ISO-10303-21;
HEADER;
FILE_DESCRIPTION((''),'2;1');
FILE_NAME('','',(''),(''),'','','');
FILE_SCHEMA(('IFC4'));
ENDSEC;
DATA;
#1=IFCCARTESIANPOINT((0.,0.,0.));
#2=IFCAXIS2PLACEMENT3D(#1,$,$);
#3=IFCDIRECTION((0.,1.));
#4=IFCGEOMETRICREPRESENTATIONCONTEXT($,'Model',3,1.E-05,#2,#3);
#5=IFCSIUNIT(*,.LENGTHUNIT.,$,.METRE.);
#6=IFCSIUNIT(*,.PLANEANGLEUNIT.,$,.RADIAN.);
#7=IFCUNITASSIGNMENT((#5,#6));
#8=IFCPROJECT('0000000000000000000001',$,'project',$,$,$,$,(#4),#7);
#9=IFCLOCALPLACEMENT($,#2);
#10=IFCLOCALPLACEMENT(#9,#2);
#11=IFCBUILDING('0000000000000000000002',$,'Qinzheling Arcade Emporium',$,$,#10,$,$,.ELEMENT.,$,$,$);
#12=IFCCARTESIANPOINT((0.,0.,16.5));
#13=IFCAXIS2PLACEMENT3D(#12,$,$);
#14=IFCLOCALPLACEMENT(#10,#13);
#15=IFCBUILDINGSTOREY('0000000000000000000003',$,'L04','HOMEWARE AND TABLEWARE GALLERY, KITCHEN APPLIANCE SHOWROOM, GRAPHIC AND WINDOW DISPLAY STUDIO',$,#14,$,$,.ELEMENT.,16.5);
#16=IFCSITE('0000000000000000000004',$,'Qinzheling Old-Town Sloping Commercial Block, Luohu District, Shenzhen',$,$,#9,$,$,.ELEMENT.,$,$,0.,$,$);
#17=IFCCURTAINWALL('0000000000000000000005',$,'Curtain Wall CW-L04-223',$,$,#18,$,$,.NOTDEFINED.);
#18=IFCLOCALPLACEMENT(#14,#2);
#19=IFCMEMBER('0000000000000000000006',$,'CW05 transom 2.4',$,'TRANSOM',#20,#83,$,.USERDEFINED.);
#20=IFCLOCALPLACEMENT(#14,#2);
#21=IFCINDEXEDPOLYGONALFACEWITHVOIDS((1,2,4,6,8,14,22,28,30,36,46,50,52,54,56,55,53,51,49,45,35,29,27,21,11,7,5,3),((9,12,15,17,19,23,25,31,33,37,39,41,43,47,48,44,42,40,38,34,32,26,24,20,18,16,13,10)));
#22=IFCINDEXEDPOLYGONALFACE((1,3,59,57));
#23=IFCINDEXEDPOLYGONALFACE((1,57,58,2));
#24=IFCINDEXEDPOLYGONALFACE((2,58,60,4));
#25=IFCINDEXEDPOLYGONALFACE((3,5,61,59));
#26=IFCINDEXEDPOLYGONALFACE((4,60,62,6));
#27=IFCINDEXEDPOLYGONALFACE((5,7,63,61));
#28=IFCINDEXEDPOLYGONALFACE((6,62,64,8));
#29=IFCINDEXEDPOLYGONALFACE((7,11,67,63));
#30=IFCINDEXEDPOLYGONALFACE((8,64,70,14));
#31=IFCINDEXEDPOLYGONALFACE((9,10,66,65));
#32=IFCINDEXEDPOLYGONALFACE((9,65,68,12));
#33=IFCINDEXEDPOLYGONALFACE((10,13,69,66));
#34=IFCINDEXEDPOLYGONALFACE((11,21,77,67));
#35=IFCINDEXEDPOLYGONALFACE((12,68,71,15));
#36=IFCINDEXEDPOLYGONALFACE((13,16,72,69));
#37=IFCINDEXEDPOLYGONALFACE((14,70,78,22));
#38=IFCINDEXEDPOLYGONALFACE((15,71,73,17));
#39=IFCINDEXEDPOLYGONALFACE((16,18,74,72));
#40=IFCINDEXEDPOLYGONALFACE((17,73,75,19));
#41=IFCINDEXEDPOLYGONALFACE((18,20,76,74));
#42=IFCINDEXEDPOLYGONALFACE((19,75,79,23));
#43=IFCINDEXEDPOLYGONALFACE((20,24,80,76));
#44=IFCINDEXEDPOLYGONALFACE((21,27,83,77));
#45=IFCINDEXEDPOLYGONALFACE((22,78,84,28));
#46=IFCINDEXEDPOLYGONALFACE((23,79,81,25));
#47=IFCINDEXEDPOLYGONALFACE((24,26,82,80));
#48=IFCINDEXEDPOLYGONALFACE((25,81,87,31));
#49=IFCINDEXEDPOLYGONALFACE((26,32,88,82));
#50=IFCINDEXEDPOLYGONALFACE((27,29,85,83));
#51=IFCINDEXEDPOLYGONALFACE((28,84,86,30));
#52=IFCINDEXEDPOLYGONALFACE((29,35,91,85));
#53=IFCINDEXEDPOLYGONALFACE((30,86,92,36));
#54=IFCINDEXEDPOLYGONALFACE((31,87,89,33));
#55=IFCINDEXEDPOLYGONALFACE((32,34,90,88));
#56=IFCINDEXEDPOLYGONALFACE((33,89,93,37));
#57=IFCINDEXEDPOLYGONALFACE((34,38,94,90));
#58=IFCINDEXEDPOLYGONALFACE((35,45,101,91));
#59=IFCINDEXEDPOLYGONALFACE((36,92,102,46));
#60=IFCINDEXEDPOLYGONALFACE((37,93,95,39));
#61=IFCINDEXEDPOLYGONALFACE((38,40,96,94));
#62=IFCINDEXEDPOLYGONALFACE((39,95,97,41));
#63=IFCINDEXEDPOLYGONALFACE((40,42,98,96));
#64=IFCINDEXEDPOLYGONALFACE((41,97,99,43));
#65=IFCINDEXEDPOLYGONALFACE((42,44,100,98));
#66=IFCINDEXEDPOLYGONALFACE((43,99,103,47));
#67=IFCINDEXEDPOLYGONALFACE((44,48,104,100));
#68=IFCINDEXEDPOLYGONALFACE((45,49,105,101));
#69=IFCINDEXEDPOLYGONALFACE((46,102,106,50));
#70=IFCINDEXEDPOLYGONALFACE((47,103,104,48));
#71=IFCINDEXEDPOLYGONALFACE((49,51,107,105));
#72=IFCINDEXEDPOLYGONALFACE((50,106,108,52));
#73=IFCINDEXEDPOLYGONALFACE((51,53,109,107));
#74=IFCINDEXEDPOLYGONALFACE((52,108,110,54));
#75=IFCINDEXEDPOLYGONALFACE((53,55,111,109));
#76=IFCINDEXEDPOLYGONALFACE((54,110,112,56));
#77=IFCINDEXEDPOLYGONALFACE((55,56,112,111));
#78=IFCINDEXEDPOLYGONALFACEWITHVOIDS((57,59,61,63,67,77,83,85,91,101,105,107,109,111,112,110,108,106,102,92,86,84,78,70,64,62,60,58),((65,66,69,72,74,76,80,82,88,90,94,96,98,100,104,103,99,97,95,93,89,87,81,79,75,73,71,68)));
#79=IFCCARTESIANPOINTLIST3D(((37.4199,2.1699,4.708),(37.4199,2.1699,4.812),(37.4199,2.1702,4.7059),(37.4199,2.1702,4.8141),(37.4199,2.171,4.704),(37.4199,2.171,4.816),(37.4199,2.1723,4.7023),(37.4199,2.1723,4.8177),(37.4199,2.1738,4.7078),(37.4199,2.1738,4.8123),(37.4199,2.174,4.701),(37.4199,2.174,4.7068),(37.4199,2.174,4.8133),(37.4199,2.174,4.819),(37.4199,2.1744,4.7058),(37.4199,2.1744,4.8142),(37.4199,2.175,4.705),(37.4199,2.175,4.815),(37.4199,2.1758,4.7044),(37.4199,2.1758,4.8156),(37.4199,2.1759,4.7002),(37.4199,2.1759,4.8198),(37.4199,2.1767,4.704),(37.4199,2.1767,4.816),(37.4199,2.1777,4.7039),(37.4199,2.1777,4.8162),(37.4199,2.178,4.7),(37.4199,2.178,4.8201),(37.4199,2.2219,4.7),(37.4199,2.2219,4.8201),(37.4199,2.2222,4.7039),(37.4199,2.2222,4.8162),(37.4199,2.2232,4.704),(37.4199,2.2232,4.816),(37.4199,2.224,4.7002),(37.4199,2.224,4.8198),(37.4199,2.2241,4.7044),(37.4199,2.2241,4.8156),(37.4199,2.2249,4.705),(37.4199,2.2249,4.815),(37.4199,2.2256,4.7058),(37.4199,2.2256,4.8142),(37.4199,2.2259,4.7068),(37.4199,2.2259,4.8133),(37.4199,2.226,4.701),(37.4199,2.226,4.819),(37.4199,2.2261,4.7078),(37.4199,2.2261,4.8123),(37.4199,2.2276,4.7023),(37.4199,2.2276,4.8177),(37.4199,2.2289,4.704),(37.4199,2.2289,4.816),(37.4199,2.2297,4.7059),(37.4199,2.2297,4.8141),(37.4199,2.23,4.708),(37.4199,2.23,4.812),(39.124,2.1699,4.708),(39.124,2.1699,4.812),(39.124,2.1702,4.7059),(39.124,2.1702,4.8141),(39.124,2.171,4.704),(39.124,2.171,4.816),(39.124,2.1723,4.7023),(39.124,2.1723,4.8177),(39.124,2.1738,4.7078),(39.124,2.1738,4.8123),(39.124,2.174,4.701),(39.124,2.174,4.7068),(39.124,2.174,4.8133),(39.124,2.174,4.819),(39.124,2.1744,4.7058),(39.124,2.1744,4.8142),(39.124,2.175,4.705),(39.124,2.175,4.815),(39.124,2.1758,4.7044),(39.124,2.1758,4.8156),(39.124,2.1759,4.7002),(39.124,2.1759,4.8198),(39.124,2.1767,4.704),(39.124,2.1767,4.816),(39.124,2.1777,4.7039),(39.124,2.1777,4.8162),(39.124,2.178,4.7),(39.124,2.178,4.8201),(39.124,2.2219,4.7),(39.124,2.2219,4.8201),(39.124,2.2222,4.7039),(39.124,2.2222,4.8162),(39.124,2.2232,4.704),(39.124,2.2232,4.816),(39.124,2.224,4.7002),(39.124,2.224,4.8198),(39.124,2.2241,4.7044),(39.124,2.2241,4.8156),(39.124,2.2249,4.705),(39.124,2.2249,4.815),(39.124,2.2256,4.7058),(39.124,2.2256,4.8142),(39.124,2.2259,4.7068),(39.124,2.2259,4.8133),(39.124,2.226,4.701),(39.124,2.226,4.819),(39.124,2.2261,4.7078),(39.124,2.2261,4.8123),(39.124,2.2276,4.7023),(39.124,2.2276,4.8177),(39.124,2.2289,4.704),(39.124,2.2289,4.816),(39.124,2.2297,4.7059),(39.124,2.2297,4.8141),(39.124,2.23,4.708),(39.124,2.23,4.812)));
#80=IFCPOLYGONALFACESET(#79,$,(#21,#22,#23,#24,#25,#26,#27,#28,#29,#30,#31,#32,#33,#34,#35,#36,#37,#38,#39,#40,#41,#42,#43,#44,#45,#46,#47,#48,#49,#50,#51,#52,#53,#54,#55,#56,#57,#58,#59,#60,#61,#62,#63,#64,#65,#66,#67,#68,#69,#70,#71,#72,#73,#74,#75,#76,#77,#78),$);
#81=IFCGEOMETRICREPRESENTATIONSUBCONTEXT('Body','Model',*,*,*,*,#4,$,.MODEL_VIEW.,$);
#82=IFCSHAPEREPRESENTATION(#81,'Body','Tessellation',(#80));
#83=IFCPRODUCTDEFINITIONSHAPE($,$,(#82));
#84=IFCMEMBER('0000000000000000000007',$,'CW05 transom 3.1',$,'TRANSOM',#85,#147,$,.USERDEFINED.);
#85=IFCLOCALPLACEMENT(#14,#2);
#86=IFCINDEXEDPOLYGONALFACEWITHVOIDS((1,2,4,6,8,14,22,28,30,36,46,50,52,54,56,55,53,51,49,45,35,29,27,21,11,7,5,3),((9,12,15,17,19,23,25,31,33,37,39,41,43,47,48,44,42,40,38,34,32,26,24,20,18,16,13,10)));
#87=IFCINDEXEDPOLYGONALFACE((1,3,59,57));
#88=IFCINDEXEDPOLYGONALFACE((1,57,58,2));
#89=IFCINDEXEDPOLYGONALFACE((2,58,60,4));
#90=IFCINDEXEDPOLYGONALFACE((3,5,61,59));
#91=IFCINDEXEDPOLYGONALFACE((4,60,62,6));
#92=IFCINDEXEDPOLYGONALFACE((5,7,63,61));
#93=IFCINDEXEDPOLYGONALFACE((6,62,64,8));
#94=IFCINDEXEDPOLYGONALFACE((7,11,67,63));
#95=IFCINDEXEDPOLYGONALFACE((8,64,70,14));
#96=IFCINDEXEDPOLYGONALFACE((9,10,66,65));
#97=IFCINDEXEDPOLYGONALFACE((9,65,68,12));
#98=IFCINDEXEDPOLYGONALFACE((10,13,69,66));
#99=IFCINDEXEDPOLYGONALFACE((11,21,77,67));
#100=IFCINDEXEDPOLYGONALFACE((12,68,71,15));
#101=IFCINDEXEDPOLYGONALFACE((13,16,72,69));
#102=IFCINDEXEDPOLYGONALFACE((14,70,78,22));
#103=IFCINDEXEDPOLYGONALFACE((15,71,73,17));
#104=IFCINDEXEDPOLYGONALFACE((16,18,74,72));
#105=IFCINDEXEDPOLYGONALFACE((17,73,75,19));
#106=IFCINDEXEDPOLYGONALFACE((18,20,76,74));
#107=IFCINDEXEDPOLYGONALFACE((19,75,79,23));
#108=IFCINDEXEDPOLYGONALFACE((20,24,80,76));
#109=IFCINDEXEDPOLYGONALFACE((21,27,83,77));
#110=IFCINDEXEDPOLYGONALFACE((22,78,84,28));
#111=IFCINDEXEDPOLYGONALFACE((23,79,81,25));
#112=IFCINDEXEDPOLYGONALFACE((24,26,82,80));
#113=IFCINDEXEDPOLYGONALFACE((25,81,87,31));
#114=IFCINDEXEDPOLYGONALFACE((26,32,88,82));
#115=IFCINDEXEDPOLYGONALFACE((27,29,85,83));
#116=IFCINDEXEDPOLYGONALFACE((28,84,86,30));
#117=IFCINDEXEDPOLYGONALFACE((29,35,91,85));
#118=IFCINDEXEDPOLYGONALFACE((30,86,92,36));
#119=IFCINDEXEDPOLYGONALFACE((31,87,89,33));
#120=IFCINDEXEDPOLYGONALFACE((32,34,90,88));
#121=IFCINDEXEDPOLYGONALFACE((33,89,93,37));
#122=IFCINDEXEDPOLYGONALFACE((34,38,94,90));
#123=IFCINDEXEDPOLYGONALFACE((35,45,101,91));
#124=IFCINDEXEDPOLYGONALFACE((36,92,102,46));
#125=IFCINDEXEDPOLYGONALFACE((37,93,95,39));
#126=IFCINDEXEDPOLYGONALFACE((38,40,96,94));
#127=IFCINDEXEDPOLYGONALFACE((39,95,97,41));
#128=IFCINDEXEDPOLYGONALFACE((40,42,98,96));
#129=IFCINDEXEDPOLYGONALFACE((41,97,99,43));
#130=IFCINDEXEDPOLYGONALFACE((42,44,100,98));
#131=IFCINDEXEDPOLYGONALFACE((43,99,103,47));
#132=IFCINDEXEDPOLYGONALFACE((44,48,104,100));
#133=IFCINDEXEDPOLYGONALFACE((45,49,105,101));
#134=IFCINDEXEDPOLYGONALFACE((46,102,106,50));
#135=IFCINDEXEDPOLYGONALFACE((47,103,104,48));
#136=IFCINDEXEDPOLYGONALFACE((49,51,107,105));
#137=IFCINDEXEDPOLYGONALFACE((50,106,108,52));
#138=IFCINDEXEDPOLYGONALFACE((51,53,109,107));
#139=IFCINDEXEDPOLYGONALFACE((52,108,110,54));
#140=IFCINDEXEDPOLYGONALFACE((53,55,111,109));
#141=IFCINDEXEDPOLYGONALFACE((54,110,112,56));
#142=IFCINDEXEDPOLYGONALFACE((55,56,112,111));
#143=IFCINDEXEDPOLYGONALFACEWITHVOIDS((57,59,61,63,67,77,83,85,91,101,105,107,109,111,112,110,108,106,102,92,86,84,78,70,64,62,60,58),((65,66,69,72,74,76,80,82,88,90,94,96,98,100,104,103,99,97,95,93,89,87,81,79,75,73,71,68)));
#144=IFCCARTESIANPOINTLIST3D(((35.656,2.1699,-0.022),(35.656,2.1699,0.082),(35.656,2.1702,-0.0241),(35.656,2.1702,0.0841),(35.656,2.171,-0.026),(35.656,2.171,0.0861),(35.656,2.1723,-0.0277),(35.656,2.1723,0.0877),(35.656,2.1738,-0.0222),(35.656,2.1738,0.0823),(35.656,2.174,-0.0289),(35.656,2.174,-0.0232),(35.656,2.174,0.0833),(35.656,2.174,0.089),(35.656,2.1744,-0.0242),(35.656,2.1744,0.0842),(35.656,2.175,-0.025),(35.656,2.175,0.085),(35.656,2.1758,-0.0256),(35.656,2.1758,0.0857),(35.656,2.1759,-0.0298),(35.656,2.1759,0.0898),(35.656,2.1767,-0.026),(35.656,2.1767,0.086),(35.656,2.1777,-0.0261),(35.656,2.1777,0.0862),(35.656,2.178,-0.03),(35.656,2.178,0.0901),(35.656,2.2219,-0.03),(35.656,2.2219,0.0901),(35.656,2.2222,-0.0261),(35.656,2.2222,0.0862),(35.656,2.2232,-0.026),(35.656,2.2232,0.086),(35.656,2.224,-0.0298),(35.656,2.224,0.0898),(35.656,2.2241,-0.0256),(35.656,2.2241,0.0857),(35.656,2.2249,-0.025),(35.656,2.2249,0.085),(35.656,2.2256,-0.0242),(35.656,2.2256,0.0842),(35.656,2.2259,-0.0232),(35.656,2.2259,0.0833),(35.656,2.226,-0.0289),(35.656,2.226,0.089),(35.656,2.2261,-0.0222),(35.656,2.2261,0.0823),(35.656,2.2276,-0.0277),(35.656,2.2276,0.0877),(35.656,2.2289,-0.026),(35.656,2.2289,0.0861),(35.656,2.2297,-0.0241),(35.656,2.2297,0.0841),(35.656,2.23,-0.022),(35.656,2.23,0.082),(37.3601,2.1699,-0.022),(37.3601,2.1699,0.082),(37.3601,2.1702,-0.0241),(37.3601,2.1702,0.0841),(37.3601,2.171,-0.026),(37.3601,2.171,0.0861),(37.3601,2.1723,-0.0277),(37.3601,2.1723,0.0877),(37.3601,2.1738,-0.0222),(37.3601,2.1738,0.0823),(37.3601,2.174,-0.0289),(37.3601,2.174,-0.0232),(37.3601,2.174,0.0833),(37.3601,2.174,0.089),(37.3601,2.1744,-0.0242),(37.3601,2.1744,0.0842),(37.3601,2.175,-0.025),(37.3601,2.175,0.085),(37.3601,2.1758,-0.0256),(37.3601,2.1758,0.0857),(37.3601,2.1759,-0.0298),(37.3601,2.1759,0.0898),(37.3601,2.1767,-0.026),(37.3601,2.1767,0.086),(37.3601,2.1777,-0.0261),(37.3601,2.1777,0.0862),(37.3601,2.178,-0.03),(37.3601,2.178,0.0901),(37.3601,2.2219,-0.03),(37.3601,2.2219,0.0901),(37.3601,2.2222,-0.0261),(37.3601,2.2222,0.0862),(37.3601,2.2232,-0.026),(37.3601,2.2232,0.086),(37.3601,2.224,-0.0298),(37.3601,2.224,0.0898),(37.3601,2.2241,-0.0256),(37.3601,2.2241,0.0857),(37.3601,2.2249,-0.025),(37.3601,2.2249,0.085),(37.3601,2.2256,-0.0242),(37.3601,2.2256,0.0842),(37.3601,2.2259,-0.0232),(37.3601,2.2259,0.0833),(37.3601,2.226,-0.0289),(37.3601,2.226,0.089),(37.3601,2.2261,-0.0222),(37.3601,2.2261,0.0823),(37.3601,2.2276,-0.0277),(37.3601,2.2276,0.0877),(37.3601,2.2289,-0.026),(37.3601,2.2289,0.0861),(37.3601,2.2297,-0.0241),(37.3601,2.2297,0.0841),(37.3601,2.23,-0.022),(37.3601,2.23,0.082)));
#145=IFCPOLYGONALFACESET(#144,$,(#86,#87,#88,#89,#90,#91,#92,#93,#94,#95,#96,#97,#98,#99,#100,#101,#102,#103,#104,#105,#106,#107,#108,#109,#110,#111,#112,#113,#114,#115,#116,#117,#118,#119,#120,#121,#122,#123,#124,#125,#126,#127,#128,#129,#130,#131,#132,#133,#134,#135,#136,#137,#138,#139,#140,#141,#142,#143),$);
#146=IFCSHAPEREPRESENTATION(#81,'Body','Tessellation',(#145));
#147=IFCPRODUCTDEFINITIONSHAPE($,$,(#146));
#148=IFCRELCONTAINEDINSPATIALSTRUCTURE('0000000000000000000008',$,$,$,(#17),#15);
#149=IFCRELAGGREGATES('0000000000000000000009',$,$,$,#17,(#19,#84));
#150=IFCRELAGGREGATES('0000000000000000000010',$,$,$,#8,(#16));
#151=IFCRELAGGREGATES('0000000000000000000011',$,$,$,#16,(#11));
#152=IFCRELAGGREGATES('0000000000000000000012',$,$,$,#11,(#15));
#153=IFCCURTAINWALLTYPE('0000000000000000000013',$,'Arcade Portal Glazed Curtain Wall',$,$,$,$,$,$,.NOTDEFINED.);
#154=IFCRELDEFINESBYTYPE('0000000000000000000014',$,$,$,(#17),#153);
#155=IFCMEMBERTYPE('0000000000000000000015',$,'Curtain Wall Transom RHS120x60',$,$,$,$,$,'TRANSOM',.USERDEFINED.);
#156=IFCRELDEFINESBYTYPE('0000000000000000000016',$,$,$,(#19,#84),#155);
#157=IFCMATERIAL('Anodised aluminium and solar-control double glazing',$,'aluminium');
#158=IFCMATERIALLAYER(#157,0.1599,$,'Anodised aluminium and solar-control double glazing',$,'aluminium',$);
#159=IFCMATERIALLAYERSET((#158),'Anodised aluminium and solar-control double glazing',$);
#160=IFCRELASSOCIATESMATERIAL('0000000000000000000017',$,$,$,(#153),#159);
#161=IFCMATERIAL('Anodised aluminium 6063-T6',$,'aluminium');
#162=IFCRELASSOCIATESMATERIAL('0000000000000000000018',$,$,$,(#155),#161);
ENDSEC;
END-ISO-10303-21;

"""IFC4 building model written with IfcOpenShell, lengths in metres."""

from ifc_helpers import new_model, si_unit, direction, frame, origin, origin_2d, place, context, subcontext, project, spatial, hollow_rectangle, extrude, material, layer, layer_set, material_profile, profile_set, type_object, element, aggregate, save


model = new_model("IFC4")

# Units and contexts
model_context = context("Model", 3, precision=1e-05, world=origin(), true_north=direction((0.0, 1.0)))
body_context = subcontext(model_context, "Body", "Model", "MODEL_VIEW")
ifc_project = project(units=[si_unit("LENGTHUNIT", "METRE"), si_unit("PLANEANGLEUNIT", "RADIAN")], contexts=[model_context])

# Site, building, storey
site_placement = place(None, origin())
site = spatial("IfcSite", under=ifc_project, at=site_placement, Name="Qinzheling Old-Town Sloping Commercial Block, Luohu District, Shenzhen", CompositionType="ELEMENT", RefElevation=0.0)
building_placement = place(site_placement, origin())
building = spatial("IfcBuilding", under=site, at=building_placement, Name="Qinzheling Arcade Emporium", CompositionType="ELEMENT")
storey_placement = place(building_placement, frame((0.0, 0.0, 16.5)))
storey = spatial("IfcBuildingStorey", under=building, at=storey_placement, Name="L04", Description="HOMEWARE AND TABLEWARE GALLERY, KITCHEN APPLIANCE SHOWROOM, GRAPHIC AND WINDOW DISPLAY STUDIO", CompositionType="ELEMENT", Elevation=16.5)

# Curtain wall
ifc_material_1 = material(Name="Anodised aluminium and solar-control double glazing", Category="aluminium")
ifc_layer_1 = layer(ifc_material_1, 0.1599, Name="Anodised aluminium and solar-control double glazing", Category="aluminium")
ifc_layer_set_1 = layer_set([ifc_layer_1], Name="Anodised aluminium and solar-control double glazing")
curtain_wall_type = type_object("IfcCurtainWallType", Name="Arcade Portal Glazed Curtain Wall", PredefinedType="NOTDEFINED", material=ifc_layer_set_1)
ifc_material_2 = material(Name="Anodised aluminium 6063-T6", Category="aluminium")
curtain_wall_1_placement = place(storey_placement, origin())
curtain_wall_1 = element("IfcCurtainWall", 1, at=curtain_wall_1_placement, inside=storey, type_object=curtain_wall_type, Name="Curtain Wall CW-L04-223", PredefinedType="NOTDEFINED")

# Members
ifc_material_profile_1 = material_profile(ifc_material_2, hollow_rectangle(XDim=0.0601, YDim=0.1201, WallThickness=0.0039, InnerFilletRadius=0.0039, OuterFilletRadius=0.0081, at=origin_2d()), Name="RHS 120x60x4", Category="aluminium")
ifc_profile_set_1 = profile_set([ifc_material_profile_1], Name="Anodised aluminium 6063-T6")
member_type_1 = type_object("IfcMemberType", Name="Curtain Wall Transom RHS120x60", ElementType="TRANSOM", PredefinedType="USERDEFINED", material=ifc_profile_set_1)
member_1_placement = place(storey_placement, frame((39.124, 2.2, 4.76), z_axis=(-1.0, 0.0, 0.0), x_axis=(0.0, -1.0, 0.0)))
member_1 = element("IfcMember", 2, at=member_1_placement, type_object=member_type_1, Name="CW05 transom 2.4", ObjectType="TRANSOM", PredefinedType="USERDEFINED", context=body_context, shape_type="SweptSolid", body=[
    extrude(hollow_rectangle(XDim=0.0601, YDim=0.1201, WallThickness=0.0039, InnerFilletRadius=0.0039, OuterFilletRadius=0.0081, at=origin_2d()), origin(), (0.0, 0.0, 1.0), 1.7041),
])
member_2_placement = place(storey_placement, frame((37.3601, 2.2, 0.03), z_axis=(-1.0, 0.0, 0.0), x_axis=(0.0, -1.0, 0.0)))
member_2 = element("IfcMember", 3, at=member_2_placement, type_object=member_type_1, Name="CW05 transom 3.1", ObjectType="TRANSOM", PredefinedType="USERDEFINED", context=body_context, shape_type="SweptSolid", body=[
    extrude(hollow_rectangle(XDim=0.0601, YDim=0.1201, WallThickness=0.0039, InnerFilletRadius=0.0039, OuterFilletRadius=0.0081, at=origin_2d()), origin(), (0.0, 0.0, 1.0), 1.7041),
])

aggregate(curtain_wall_1, [member_1, member_2])

save(model, "model.ifc")
